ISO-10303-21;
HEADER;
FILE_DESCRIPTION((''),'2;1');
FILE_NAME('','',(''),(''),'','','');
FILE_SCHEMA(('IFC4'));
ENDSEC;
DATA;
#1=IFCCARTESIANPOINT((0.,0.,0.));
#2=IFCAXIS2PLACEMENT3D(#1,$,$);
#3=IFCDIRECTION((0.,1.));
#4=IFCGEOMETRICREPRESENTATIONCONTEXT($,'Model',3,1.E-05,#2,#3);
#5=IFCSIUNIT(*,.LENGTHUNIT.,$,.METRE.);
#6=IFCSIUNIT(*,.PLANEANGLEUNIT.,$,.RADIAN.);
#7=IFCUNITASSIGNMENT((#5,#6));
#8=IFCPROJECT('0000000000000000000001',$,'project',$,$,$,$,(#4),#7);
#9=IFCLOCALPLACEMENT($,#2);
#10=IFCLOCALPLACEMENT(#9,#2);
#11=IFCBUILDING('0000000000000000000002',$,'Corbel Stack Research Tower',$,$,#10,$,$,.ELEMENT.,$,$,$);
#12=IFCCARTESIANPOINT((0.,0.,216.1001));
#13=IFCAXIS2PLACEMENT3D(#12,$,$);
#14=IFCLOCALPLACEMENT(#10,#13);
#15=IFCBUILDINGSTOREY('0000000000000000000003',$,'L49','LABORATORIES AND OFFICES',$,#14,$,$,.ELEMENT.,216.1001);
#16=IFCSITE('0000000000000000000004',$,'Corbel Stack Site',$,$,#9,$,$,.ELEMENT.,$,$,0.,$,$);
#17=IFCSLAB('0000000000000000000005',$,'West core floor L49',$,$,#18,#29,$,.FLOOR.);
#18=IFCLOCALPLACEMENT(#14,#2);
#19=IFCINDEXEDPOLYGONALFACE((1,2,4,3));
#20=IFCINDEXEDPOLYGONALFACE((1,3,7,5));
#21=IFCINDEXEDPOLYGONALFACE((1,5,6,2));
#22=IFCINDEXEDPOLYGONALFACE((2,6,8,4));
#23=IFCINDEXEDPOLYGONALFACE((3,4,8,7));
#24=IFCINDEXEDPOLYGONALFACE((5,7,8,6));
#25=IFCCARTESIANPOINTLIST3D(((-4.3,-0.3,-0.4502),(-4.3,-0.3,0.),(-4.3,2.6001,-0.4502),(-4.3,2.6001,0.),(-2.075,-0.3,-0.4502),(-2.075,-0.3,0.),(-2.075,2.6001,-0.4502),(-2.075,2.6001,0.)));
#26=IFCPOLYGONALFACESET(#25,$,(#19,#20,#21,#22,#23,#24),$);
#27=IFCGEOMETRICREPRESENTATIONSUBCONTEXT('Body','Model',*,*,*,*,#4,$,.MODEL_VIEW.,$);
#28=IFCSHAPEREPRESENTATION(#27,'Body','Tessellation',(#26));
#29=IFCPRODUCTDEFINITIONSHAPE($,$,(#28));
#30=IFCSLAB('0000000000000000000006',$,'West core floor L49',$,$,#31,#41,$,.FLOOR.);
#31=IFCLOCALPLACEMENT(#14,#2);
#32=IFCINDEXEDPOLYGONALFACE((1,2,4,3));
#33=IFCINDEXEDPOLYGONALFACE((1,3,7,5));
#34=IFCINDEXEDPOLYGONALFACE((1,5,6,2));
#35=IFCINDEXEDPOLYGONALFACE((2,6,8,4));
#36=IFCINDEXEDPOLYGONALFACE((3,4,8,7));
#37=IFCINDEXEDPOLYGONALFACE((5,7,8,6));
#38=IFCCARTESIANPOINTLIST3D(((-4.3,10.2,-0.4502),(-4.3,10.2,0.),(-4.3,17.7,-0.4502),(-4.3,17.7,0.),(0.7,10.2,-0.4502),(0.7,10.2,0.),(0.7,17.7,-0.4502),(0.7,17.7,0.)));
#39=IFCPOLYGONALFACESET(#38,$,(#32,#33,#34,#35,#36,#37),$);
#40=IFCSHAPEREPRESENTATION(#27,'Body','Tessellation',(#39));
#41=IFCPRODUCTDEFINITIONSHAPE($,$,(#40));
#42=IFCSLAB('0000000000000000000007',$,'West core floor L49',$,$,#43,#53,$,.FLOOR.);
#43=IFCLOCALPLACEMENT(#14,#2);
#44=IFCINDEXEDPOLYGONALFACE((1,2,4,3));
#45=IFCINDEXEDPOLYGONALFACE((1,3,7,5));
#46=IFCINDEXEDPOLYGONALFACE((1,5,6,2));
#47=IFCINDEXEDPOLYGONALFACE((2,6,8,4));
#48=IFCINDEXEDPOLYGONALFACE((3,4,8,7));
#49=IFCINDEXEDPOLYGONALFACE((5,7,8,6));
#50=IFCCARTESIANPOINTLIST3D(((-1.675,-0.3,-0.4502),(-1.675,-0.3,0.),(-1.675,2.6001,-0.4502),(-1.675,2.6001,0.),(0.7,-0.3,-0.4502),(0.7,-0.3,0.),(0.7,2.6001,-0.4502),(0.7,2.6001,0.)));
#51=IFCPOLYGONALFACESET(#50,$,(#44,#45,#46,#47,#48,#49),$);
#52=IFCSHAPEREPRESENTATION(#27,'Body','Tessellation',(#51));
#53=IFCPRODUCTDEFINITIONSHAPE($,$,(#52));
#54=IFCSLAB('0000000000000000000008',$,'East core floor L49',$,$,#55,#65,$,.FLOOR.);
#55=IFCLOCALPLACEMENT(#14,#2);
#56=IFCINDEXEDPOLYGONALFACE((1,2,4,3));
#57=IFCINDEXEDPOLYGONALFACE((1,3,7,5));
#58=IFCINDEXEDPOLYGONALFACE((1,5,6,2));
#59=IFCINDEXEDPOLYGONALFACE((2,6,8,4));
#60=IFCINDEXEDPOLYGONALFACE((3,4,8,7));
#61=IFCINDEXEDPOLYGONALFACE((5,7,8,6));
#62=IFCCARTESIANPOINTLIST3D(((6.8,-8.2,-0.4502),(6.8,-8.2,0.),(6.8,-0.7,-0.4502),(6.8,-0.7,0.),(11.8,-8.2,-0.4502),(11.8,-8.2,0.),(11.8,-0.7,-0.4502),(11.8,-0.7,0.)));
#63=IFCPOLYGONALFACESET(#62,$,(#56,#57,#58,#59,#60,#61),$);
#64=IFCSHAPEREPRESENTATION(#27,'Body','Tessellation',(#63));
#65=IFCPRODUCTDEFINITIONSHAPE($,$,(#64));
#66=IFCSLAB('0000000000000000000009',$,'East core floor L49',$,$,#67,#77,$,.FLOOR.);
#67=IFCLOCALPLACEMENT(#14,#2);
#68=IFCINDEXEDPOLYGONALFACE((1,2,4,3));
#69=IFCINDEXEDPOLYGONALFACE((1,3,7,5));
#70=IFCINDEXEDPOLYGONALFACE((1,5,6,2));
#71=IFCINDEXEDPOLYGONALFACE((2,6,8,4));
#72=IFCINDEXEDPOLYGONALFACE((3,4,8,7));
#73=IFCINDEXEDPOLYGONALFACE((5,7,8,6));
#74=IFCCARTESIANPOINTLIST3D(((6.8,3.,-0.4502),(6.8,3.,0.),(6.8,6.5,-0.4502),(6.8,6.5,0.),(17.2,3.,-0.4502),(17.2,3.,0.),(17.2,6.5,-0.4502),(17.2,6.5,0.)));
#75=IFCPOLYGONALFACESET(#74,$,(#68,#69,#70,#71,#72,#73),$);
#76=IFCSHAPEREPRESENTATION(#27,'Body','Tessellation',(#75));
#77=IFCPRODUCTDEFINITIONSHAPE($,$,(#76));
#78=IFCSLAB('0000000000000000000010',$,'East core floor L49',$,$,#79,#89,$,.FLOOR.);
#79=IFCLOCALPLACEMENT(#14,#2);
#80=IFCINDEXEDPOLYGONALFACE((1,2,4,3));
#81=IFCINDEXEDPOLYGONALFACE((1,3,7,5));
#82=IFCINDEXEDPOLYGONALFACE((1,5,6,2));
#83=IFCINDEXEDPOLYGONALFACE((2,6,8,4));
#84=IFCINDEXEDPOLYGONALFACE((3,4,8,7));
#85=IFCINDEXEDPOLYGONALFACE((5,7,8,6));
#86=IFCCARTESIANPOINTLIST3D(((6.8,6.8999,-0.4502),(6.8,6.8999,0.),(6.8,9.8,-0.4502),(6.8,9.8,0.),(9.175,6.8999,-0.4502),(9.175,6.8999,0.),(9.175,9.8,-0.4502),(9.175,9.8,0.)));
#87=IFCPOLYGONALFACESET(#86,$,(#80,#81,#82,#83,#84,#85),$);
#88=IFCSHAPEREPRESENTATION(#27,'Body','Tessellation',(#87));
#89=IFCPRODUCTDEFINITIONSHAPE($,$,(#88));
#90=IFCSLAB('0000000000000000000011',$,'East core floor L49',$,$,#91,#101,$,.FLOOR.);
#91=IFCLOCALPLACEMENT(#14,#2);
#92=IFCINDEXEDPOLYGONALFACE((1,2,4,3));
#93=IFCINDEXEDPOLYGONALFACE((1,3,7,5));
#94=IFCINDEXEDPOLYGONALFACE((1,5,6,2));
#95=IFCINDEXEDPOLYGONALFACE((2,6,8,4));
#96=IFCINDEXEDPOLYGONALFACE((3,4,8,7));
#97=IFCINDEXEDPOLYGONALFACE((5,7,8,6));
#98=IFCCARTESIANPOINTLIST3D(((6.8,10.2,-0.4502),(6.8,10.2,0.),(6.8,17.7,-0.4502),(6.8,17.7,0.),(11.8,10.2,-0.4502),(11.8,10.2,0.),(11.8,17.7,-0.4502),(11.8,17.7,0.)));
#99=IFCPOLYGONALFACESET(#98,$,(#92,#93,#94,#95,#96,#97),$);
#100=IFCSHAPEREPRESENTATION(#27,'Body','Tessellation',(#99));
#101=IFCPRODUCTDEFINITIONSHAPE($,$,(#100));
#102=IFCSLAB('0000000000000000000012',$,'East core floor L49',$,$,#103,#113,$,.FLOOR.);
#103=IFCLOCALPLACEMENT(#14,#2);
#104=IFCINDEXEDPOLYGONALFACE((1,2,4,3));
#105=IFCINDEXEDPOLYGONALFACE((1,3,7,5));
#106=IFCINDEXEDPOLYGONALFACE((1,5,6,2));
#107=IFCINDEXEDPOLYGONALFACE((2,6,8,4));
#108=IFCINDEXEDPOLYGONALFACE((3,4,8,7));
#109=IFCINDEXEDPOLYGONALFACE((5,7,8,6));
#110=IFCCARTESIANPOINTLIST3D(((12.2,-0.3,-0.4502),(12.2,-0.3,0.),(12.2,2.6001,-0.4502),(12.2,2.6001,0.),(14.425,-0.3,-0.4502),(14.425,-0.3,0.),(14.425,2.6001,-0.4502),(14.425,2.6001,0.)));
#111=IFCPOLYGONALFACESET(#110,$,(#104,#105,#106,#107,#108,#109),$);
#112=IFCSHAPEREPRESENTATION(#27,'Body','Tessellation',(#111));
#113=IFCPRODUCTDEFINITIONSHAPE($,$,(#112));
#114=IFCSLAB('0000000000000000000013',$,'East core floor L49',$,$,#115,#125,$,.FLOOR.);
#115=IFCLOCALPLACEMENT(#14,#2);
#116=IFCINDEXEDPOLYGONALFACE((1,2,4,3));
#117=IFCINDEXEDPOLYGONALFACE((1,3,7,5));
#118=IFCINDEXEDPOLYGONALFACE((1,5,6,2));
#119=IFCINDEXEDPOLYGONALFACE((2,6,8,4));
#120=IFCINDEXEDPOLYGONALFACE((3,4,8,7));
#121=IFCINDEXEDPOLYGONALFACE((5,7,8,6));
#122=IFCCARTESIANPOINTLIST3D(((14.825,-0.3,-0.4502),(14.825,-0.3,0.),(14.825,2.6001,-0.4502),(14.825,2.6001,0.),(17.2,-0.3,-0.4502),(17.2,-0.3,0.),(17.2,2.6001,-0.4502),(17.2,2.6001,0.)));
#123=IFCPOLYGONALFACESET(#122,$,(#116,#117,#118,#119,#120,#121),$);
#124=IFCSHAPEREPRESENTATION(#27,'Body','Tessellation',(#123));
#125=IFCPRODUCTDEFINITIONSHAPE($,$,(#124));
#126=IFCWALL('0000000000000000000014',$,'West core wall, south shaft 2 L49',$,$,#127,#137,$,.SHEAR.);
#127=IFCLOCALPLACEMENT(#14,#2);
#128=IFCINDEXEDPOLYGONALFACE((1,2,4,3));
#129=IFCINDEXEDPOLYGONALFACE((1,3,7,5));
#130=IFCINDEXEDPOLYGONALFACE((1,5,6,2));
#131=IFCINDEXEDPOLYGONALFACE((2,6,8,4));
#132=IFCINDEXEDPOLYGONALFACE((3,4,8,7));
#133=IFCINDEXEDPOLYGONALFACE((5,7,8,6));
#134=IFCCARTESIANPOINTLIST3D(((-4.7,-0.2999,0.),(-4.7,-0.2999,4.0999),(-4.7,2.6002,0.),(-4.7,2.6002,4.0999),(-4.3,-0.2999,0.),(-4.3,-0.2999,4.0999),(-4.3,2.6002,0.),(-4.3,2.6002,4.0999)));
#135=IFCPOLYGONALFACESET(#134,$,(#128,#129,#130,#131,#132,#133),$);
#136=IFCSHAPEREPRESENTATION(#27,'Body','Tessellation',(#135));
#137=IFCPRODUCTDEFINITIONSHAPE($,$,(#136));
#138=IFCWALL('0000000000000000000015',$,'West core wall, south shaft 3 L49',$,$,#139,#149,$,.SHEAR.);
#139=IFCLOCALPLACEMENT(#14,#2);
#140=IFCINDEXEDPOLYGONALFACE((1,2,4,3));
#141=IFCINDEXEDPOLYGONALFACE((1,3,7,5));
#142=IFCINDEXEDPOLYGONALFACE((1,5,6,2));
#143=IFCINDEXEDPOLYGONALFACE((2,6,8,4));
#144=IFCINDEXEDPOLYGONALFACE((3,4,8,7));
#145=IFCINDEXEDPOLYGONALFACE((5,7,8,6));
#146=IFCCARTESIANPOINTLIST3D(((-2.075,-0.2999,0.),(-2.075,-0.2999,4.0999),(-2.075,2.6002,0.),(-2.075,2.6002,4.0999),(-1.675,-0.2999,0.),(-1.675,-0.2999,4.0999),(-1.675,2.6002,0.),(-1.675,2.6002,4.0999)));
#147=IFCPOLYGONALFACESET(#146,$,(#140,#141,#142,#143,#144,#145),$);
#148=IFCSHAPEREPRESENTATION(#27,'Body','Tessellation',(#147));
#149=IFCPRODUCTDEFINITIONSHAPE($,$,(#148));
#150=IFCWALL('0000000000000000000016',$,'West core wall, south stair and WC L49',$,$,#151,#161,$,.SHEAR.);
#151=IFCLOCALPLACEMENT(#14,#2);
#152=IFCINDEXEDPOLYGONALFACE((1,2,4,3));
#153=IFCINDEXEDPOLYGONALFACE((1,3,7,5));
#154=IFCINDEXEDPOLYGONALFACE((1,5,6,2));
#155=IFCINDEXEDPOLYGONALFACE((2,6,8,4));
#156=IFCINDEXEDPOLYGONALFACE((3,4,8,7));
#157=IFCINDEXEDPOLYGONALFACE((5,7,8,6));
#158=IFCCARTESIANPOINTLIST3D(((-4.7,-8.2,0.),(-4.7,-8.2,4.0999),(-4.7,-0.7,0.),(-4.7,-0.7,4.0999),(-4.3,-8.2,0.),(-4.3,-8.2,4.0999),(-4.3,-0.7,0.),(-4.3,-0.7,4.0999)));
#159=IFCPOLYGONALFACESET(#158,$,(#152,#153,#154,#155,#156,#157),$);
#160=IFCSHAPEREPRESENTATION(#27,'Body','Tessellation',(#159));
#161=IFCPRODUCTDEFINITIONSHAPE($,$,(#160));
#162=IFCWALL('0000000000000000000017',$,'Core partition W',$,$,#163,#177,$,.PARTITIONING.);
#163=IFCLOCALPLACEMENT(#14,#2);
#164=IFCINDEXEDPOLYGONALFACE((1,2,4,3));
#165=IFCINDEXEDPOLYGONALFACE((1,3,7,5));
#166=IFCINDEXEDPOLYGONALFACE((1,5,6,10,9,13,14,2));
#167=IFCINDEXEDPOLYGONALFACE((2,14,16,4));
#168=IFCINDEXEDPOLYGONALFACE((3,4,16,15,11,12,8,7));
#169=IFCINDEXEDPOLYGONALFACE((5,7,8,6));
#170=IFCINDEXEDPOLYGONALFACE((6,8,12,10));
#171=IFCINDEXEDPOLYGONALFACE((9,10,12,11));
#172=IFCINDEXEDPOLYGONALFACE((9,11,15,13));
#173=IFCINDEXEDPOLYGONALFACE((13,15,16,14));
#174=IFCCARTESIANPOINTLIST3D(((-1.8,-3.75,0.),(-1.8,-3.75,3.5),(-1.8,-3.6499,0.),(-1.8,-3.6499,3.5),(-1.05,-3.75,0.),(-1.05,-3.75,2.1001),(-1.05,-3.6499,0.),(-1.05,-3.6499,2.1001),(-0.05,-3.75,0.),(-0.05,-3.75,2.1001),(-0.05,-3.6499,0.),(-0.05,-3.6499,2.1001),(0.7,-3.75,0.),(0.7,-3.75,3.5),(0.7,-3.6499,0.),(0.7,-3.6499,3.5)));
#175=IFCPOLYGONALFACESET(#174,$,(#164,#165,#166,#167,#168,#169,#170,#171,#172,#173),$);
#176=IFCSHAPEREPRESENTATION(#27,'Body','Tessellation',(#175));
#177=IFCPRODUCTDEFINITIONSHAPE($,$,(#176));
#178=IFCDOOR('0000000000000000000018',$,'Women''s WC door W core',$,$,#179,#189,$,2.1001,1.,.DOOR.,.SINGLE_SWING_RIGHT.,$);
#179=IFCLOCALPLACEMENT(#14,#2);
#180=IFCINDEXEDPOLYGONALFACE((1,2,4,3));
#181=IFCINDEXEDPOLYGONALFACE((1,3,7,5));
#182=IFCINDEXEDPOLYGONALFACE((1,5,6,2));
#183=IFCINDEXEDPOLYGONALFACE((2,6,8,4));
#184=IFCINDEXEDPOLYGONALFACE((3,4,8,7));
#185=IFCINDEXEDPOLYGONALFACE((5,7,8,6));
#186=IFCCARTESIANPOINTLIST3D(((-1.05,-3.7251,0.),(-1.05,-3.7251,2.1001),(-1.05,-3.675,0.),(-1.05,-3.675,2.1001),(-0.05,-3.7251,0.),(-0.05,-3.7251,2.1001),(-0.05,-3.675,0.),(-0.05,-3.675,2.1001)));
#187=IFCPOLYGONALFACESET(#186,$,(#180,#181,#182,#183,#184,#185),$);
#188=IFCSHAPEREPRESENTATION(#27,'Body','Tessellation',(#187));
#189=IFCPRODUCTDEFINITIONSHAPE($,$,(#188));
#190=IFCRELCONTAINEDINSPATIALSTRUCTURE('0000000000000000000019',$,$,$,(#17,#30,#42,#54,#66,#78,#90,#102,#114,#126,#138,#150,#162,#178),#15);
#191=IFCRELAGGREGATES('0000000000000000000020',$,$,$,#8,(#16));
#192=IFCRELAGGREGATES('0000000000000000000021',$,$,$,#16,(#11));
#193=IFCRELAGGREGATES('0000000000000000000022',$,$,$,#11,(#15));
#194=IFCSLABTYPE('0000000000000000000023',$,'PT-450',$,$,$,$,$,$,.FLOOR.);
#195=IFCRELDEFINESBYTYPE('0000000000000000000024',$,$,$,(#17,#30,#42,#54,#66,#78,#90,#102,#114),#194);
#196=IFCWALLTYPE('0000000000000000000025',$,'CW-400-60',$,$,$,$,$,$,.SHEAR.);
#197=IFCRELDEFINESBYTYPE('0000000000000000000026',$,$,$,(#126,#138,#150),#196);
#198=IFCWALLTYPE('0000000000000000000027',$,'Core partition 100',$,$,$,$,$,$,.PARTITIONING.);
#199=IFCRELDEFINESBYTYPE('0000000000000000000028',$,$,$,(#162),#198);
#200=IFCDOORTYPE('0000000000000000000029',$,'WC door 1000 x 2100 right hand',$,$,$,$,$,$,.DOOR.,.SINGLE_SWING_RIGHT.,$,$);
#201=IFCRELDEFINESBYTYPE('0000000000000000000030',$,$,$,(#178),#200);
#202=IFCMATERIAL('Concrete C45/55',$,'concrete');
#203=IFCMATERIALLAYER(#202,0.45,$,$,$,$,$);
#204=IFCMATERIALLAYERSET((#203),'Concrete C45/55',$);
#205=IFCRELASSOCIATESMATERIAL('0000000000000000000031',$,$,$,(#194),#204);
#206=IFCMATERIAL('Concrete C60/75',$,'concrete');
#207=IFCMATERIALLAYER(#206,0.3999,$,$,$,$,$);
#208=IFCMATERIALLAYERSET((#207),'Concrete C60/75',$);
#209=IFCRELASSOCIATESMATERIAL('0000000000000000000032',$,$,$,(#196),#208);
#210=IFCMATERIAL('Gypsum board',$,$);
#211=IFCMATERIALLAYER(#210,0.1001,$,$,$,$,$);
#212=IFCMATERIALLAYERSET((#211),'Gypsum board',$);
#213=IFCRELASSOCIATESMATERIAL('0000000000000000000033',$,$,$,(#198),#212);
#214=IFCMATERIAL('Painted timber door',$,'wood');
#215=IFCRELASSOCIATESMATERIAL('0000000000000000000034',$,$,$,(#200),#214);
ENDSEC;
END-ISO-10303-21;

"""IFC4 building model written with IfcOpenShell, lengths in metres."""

from ifc_helpers import new_model, si_unit, direction, frame, frame_2d, origin, place, context, subcontext, project, spatial, polyline, rectangle, outline, extrude, material, layer, layer_set, type_object, element, fill, save


model = new_model("IFC4")

# Units and contexts
model_context = context("Model", 3, precision=1e-05, world=origin(), true_north=direction((0.0, 1.0)))
body_context = subcontext(model_context, "Body", "Model", "MODEL_VIEW")
ifc_project = project(units=[si_unit("LENGTHUNIT", "METRE"), si_unit("PLANEANGLEUNIT", "RADIAN")], contexts=[model_context])

# Site, building, storey
site_placement = place(None, origin())
site = spatial("IfcSite", under=ifc_project, at=site_placement, Name="Corbel Stack Site", CompositionType="ELEMENT", RefElevation=0.0)
building_placement = place(site_placement, origin())
building = spatial("IfcBuilding", under=site, at=building_placement, Name="Corbel Stack Research Tower", CompositionType="ELEMENT")
storey_placement = place(building_placement, frame((0.0, 0.0, 216.1001)))
storey = spatial("IfcBuildingStorey", under=building, at=storey_placement, Name="L49", Description="LABORATORIES AND OFFICES", CompositionType="ELEMENT", Elevation=216.1001)

# Slabs
ifc_material_1 = material(Name="Concrete C45/55", Category="concrete")
ifc_layer_1 = layer(ifc_material_1, 0.45)
ifc_layer_set_1 = layer_set([ifc_layer_1], Name="Concrete C45/55")
slab_type_1 = type_object("IfcSlabType", Name="PT-450", PredefinedType="FLOOR", material=ifc_layer_set_1)
slab_1_placement = place(storey_placement, frame((0.0, 0.0, -0.4502)))
element("IfcSlab", 1, at=slab_1_placement, inside=storey, type_object=slab_type_1, Name="West core floor L49", PredefinedType="FLOOR", context=body_context, shape_type="SweptSolid", body=[
    extrude(outline(polyline([(-2.075, -0.3), (-2.075, 2.6001), (-4.3, 2.6001), (-4.3, -0.3), (-2.075, -0.3)])), origin(), (0.0, 0.0, 1.0), 0.4502),
])
slab_2_placement = place(storey_placement, frame((0.0, 0.0, -0.4502)))
element("IfcSlab", 2, at=slab_2_placement, inside=storey, type_object=slab_type_1, Name="West core floor L49", PredefinedType="FLOOR", context=body_context, shape_type="SweptSolid", body=[
    extrude(outline(polyline([(0.7, 17.7), (-4.3, 17.7), (-4.3, 10.2), (0.7, 10.2), (0.7, 17.7)])), origin(), (0.0, 0.0, 1.0), 0.4502),
])
slab_3_placement = place(storey_placement, frame((0.0, 0.0, -0.4502)))
element("IfcSlab", 3, at=slab_3_placement, inside=storey, type_object=slab_type_1, Name="West core floor L49", PredefinedType="FLOOR", context=body_context, shape_type="SweptSolid", body=[
    extrude(outline(polyline([(0.7, -0.3), (0.7, 2.6001), (-1.675, 2.6001), (-1.675, -0.3), (0.7, -0.3)])), origin(), (0.0, 0.0, 1.0), 0.4502),
])
slab_4_placement = place(storey_placement, frame((0.0, 0.0, -0.4502)))
element("IfcSlab", 4, at=slab_4_placement, inside=storey, type_object=slab_type_1, Name="East core floor L49", PredefinedType="FLOOR", context=body_context, shape_type="SweptSolid", body=[
    extrude(outline(polyline([(6.8, -0.7), (6.8, -8.2), (11.8, -8.2), (11.8, -0.7), (6.8, -0.7)])), origin(), (0.0, 0.0, 1.0), 0.4502),
])
slab_5_placement = place(storey_placement, frame((0.0, 0.0, -0.4502)))
element("IfcSlab", 5, at=slab_5_placement, inside=storey, type_object=slab_type_1, Name="East core floor L49", PredefinedType="FLOOR", context=body_context, shape_type="SweptSolid", body=[
    extrude(outline(polyline([(17.2, 6.5), (6.8, 6.5), (6.8, 3.0), (17.2, 3.0), (17.2, 6.5)])), origin(), (0.0, 0.0, 1.0), 0.4502),
])
slab_6_placement = place(storey_placement, frame((0.0, 0.0, -0.4502)))
element("IfcSlab", 6, at=slab_6_placement, inside=storey, type_object=slab_type_1, Name="East core floor L49", PredefinedType="FLOOR", context=body_context, shape_type="SweptSolid", body=[
    extrude(outline(polyline([(6.8, 6.8999), (9.175, 6.8999), (9.175, 9.8), (6.8, 9.8), (6.8, 6.8999)])), origin(), (0.0, 0.0, 1.0), 0.4502),
])
slab_7_placement = place(storey_placement, frame((0.0, 0.0, -0.4502)))
element("IfcSlab", 7, at=slab_7_placement, inside=storey, type_object=slab_type_1, Name="East core floor L49", PredefinedType="FLOOR", context=body_context, shape_type="SweptSolid", body=[
    extrude(outline(polyline([(6.8, 17.7), (6.8, 10.2), (11.8, 10.2), (11.8, 17.7), (6.8, 17.7)])), origin(), (0.0, 0.0, 1.0), 0.4502),
])
slab_8_placement = place(storey_placement, frame((0.0, 0.0, -0.4502)))
element("IfcSlab", 8, at=slab_8_placement, inside=storey, type_object=slab_type_1, Name="East core floor L49", PredefinedType="FLOOR", context=body_context, shape_type="SweptSolid", body=[
    extrude(outline(polyline([(14.425, -0.3), (14.425, 2.6001), (12.2, 2.6001), (12.2, -0.3), (14.425, -0.3)])), origin(), (0.0, 0.0, 1.0), 0.4502),
])
slab_9_placement = place(storey_placement, frame((0.0, 0.0, -0.4502)))
element("IfcSlab", 9, at=slab_9_placement, inside=storey, type_object=slab_type_1, Name="East core floor L49", PredefinedType="FLOOR", context=body_context, shape_type="SweptSolid", body=[
    extrude(outline(polyline([(17.2, -0.3), (17.2, 2.6001), (14.825, 2.6001), (14.825, -0.3), (17.2, -0.3)])), origin(), (0.0, 0.0, 1.0), 0.4502),
])

# Walls
ifc_material_2 = material(Name="Concrete C60/75", Category="concrete")
ifc_layer_2 = layer(ifc_material_2, 0.3999)
ifc_layer_set_2 = layer_set([ifc_layer_2], Name="Concrete C60/75")
wall_type_1 = type_object("IfcWallType", Name="CW-400-60", PredefinedType="SHEAR", material=ifc_layer_set_2)
for number, where, z_axis, x_axis, name in (
    (10, (-4.5, -0.3, 0.0), (0.0, 0.0, 1.0), (0.0, 1.0, 0.0), "West core wall, south shaft 2 L49"),
    (11, (-1.875, -0.3, 0.0), (0.0, 0.0, 1.0), (0.0, 1.0, 0.0), "West core wall, south shaft 3 L49"),
):
    element("IfcWall", number, at=place(storey_placement, frame(where, z_axis=z_axis, x_axis=x_axis)), inside=storey, type_object=wall_type_1, Name=name, PredefinedType="SHEAR", context=body_context, shape_type="SweptSolid", body=[
        extrude(rectangle(XDim=2.9001, YDim=0.3999, at=frame_2d((1.4502, 0.0))), origin(), (0.0, 0.0, 1.0), 4.0999),
    ])
wall_1_placement = place(storey_placement, frame((-4.5, -8.2, 0.0), z_axis=(0.0, 0.0, 1.0), x_axis=(0.0, 1.0, 0.0)))
element("IfcWall", 12, at=wall_1_placement, inside=storey, type_object=wall_type_1, Name="West core wall, south stair and WC L49", PredefinedType="SHEAR", context=body_context, shape_type="SweptSolid", body=[
    extrude(rectangle(XDim=7.5, YDim=0.3999, at=frame_2d((3.75, 0.0))), origin(), (0.0, 0.0, 1.0), 4.0999),
])

# Wall, opening, door
ifc_material_3 = material(Name="Gypsum board")
ifc_layer_3 = layer(ifc_material_3, 0.1001)
ifc_layer_set_3 = layer_set([ifc_layer_3], Name="Gypsum board")
wall_type_2 = type_object("IfcWallType", Name="Core partition 100", PredefinedType="PARTITIONING", material=ifc_layer_set_3)
wall_2_placement = place(storey_placement, frame((-1.8, -3.7, 0.0), z_axis=(0.0, 0.0, 1.0), x_axis=(1.0, 0.0, 0.0)))
wall_2 = element("IfcWall", 13, at=wall_2_placement, inside=storey, type_object=wall_type_2, Name="Core partition W", PredefinedType="PARTITIONING", context=body_context, shape_type="SweptSolid", body=[
    extrude(rectangle(XDim=2.5, YDim=0.1001, at=frame_2d((1.25, 0.0))), origin(), (0.0, 0.0, 1.0), 3.5),
])
opening_1_placement = place(wall_2_placement, frame((0.75, 0.0, 0.0)))
opening_1 = element("IfcOpeningElement", 14, at=opening_1_placement, cuts=wall_2, PredefinedType="OPENING", context=body_context, shape_type="SweptSolid", body=[
    extrude(rectangle(XDim=1.0, YDim=2.1001, at=frame_2d((0.5, 1.05))), frame((0.0, 0.0601, 0.0), z_axis=(0.0, -1.0, 0.0), x_axis=(1.0, 0.0, 0.0)), (0.0, 0.0, 1.0), 0.1201),
])
ifc_material_4 = material(Name="Painted timber door", Category="wood")
door_type_1 = type_object("IfcDoorType", Name="WC door 1000 x 2100 right hand", OperationType="SINGLE_SWING_RIGHT", PredefinedType="DOOR", material=ifc_material_4)
door_1_placement = place(opening_1_placement, origin())
door_1 = element("IfcDoor", 15, at=door_1_placement, inside=storey, type_object=door_type_1, Name="Women's WC door W core", OperationType="SINGLE_SWING_RIGHT", OverallHeight=2.1001, OverallWidth=1.0, PredefinedType="DOOR", context=body_context, shape_type="SweptSolid", body=[
    extrude(rectangle(XDim=1.0, YDim=2.1001, at=frame_2d((0.5, 1.05))), frame((0.0, 0.0249, 0.0), z_axis=(0.0, -1.0, 0.0), x_axis=(1.0, 0.0, 0.0)), (0.0, 0.0, 1.0), 0.05),
])
fill(opening_1, door_1)

save(model, "model.ifc")
